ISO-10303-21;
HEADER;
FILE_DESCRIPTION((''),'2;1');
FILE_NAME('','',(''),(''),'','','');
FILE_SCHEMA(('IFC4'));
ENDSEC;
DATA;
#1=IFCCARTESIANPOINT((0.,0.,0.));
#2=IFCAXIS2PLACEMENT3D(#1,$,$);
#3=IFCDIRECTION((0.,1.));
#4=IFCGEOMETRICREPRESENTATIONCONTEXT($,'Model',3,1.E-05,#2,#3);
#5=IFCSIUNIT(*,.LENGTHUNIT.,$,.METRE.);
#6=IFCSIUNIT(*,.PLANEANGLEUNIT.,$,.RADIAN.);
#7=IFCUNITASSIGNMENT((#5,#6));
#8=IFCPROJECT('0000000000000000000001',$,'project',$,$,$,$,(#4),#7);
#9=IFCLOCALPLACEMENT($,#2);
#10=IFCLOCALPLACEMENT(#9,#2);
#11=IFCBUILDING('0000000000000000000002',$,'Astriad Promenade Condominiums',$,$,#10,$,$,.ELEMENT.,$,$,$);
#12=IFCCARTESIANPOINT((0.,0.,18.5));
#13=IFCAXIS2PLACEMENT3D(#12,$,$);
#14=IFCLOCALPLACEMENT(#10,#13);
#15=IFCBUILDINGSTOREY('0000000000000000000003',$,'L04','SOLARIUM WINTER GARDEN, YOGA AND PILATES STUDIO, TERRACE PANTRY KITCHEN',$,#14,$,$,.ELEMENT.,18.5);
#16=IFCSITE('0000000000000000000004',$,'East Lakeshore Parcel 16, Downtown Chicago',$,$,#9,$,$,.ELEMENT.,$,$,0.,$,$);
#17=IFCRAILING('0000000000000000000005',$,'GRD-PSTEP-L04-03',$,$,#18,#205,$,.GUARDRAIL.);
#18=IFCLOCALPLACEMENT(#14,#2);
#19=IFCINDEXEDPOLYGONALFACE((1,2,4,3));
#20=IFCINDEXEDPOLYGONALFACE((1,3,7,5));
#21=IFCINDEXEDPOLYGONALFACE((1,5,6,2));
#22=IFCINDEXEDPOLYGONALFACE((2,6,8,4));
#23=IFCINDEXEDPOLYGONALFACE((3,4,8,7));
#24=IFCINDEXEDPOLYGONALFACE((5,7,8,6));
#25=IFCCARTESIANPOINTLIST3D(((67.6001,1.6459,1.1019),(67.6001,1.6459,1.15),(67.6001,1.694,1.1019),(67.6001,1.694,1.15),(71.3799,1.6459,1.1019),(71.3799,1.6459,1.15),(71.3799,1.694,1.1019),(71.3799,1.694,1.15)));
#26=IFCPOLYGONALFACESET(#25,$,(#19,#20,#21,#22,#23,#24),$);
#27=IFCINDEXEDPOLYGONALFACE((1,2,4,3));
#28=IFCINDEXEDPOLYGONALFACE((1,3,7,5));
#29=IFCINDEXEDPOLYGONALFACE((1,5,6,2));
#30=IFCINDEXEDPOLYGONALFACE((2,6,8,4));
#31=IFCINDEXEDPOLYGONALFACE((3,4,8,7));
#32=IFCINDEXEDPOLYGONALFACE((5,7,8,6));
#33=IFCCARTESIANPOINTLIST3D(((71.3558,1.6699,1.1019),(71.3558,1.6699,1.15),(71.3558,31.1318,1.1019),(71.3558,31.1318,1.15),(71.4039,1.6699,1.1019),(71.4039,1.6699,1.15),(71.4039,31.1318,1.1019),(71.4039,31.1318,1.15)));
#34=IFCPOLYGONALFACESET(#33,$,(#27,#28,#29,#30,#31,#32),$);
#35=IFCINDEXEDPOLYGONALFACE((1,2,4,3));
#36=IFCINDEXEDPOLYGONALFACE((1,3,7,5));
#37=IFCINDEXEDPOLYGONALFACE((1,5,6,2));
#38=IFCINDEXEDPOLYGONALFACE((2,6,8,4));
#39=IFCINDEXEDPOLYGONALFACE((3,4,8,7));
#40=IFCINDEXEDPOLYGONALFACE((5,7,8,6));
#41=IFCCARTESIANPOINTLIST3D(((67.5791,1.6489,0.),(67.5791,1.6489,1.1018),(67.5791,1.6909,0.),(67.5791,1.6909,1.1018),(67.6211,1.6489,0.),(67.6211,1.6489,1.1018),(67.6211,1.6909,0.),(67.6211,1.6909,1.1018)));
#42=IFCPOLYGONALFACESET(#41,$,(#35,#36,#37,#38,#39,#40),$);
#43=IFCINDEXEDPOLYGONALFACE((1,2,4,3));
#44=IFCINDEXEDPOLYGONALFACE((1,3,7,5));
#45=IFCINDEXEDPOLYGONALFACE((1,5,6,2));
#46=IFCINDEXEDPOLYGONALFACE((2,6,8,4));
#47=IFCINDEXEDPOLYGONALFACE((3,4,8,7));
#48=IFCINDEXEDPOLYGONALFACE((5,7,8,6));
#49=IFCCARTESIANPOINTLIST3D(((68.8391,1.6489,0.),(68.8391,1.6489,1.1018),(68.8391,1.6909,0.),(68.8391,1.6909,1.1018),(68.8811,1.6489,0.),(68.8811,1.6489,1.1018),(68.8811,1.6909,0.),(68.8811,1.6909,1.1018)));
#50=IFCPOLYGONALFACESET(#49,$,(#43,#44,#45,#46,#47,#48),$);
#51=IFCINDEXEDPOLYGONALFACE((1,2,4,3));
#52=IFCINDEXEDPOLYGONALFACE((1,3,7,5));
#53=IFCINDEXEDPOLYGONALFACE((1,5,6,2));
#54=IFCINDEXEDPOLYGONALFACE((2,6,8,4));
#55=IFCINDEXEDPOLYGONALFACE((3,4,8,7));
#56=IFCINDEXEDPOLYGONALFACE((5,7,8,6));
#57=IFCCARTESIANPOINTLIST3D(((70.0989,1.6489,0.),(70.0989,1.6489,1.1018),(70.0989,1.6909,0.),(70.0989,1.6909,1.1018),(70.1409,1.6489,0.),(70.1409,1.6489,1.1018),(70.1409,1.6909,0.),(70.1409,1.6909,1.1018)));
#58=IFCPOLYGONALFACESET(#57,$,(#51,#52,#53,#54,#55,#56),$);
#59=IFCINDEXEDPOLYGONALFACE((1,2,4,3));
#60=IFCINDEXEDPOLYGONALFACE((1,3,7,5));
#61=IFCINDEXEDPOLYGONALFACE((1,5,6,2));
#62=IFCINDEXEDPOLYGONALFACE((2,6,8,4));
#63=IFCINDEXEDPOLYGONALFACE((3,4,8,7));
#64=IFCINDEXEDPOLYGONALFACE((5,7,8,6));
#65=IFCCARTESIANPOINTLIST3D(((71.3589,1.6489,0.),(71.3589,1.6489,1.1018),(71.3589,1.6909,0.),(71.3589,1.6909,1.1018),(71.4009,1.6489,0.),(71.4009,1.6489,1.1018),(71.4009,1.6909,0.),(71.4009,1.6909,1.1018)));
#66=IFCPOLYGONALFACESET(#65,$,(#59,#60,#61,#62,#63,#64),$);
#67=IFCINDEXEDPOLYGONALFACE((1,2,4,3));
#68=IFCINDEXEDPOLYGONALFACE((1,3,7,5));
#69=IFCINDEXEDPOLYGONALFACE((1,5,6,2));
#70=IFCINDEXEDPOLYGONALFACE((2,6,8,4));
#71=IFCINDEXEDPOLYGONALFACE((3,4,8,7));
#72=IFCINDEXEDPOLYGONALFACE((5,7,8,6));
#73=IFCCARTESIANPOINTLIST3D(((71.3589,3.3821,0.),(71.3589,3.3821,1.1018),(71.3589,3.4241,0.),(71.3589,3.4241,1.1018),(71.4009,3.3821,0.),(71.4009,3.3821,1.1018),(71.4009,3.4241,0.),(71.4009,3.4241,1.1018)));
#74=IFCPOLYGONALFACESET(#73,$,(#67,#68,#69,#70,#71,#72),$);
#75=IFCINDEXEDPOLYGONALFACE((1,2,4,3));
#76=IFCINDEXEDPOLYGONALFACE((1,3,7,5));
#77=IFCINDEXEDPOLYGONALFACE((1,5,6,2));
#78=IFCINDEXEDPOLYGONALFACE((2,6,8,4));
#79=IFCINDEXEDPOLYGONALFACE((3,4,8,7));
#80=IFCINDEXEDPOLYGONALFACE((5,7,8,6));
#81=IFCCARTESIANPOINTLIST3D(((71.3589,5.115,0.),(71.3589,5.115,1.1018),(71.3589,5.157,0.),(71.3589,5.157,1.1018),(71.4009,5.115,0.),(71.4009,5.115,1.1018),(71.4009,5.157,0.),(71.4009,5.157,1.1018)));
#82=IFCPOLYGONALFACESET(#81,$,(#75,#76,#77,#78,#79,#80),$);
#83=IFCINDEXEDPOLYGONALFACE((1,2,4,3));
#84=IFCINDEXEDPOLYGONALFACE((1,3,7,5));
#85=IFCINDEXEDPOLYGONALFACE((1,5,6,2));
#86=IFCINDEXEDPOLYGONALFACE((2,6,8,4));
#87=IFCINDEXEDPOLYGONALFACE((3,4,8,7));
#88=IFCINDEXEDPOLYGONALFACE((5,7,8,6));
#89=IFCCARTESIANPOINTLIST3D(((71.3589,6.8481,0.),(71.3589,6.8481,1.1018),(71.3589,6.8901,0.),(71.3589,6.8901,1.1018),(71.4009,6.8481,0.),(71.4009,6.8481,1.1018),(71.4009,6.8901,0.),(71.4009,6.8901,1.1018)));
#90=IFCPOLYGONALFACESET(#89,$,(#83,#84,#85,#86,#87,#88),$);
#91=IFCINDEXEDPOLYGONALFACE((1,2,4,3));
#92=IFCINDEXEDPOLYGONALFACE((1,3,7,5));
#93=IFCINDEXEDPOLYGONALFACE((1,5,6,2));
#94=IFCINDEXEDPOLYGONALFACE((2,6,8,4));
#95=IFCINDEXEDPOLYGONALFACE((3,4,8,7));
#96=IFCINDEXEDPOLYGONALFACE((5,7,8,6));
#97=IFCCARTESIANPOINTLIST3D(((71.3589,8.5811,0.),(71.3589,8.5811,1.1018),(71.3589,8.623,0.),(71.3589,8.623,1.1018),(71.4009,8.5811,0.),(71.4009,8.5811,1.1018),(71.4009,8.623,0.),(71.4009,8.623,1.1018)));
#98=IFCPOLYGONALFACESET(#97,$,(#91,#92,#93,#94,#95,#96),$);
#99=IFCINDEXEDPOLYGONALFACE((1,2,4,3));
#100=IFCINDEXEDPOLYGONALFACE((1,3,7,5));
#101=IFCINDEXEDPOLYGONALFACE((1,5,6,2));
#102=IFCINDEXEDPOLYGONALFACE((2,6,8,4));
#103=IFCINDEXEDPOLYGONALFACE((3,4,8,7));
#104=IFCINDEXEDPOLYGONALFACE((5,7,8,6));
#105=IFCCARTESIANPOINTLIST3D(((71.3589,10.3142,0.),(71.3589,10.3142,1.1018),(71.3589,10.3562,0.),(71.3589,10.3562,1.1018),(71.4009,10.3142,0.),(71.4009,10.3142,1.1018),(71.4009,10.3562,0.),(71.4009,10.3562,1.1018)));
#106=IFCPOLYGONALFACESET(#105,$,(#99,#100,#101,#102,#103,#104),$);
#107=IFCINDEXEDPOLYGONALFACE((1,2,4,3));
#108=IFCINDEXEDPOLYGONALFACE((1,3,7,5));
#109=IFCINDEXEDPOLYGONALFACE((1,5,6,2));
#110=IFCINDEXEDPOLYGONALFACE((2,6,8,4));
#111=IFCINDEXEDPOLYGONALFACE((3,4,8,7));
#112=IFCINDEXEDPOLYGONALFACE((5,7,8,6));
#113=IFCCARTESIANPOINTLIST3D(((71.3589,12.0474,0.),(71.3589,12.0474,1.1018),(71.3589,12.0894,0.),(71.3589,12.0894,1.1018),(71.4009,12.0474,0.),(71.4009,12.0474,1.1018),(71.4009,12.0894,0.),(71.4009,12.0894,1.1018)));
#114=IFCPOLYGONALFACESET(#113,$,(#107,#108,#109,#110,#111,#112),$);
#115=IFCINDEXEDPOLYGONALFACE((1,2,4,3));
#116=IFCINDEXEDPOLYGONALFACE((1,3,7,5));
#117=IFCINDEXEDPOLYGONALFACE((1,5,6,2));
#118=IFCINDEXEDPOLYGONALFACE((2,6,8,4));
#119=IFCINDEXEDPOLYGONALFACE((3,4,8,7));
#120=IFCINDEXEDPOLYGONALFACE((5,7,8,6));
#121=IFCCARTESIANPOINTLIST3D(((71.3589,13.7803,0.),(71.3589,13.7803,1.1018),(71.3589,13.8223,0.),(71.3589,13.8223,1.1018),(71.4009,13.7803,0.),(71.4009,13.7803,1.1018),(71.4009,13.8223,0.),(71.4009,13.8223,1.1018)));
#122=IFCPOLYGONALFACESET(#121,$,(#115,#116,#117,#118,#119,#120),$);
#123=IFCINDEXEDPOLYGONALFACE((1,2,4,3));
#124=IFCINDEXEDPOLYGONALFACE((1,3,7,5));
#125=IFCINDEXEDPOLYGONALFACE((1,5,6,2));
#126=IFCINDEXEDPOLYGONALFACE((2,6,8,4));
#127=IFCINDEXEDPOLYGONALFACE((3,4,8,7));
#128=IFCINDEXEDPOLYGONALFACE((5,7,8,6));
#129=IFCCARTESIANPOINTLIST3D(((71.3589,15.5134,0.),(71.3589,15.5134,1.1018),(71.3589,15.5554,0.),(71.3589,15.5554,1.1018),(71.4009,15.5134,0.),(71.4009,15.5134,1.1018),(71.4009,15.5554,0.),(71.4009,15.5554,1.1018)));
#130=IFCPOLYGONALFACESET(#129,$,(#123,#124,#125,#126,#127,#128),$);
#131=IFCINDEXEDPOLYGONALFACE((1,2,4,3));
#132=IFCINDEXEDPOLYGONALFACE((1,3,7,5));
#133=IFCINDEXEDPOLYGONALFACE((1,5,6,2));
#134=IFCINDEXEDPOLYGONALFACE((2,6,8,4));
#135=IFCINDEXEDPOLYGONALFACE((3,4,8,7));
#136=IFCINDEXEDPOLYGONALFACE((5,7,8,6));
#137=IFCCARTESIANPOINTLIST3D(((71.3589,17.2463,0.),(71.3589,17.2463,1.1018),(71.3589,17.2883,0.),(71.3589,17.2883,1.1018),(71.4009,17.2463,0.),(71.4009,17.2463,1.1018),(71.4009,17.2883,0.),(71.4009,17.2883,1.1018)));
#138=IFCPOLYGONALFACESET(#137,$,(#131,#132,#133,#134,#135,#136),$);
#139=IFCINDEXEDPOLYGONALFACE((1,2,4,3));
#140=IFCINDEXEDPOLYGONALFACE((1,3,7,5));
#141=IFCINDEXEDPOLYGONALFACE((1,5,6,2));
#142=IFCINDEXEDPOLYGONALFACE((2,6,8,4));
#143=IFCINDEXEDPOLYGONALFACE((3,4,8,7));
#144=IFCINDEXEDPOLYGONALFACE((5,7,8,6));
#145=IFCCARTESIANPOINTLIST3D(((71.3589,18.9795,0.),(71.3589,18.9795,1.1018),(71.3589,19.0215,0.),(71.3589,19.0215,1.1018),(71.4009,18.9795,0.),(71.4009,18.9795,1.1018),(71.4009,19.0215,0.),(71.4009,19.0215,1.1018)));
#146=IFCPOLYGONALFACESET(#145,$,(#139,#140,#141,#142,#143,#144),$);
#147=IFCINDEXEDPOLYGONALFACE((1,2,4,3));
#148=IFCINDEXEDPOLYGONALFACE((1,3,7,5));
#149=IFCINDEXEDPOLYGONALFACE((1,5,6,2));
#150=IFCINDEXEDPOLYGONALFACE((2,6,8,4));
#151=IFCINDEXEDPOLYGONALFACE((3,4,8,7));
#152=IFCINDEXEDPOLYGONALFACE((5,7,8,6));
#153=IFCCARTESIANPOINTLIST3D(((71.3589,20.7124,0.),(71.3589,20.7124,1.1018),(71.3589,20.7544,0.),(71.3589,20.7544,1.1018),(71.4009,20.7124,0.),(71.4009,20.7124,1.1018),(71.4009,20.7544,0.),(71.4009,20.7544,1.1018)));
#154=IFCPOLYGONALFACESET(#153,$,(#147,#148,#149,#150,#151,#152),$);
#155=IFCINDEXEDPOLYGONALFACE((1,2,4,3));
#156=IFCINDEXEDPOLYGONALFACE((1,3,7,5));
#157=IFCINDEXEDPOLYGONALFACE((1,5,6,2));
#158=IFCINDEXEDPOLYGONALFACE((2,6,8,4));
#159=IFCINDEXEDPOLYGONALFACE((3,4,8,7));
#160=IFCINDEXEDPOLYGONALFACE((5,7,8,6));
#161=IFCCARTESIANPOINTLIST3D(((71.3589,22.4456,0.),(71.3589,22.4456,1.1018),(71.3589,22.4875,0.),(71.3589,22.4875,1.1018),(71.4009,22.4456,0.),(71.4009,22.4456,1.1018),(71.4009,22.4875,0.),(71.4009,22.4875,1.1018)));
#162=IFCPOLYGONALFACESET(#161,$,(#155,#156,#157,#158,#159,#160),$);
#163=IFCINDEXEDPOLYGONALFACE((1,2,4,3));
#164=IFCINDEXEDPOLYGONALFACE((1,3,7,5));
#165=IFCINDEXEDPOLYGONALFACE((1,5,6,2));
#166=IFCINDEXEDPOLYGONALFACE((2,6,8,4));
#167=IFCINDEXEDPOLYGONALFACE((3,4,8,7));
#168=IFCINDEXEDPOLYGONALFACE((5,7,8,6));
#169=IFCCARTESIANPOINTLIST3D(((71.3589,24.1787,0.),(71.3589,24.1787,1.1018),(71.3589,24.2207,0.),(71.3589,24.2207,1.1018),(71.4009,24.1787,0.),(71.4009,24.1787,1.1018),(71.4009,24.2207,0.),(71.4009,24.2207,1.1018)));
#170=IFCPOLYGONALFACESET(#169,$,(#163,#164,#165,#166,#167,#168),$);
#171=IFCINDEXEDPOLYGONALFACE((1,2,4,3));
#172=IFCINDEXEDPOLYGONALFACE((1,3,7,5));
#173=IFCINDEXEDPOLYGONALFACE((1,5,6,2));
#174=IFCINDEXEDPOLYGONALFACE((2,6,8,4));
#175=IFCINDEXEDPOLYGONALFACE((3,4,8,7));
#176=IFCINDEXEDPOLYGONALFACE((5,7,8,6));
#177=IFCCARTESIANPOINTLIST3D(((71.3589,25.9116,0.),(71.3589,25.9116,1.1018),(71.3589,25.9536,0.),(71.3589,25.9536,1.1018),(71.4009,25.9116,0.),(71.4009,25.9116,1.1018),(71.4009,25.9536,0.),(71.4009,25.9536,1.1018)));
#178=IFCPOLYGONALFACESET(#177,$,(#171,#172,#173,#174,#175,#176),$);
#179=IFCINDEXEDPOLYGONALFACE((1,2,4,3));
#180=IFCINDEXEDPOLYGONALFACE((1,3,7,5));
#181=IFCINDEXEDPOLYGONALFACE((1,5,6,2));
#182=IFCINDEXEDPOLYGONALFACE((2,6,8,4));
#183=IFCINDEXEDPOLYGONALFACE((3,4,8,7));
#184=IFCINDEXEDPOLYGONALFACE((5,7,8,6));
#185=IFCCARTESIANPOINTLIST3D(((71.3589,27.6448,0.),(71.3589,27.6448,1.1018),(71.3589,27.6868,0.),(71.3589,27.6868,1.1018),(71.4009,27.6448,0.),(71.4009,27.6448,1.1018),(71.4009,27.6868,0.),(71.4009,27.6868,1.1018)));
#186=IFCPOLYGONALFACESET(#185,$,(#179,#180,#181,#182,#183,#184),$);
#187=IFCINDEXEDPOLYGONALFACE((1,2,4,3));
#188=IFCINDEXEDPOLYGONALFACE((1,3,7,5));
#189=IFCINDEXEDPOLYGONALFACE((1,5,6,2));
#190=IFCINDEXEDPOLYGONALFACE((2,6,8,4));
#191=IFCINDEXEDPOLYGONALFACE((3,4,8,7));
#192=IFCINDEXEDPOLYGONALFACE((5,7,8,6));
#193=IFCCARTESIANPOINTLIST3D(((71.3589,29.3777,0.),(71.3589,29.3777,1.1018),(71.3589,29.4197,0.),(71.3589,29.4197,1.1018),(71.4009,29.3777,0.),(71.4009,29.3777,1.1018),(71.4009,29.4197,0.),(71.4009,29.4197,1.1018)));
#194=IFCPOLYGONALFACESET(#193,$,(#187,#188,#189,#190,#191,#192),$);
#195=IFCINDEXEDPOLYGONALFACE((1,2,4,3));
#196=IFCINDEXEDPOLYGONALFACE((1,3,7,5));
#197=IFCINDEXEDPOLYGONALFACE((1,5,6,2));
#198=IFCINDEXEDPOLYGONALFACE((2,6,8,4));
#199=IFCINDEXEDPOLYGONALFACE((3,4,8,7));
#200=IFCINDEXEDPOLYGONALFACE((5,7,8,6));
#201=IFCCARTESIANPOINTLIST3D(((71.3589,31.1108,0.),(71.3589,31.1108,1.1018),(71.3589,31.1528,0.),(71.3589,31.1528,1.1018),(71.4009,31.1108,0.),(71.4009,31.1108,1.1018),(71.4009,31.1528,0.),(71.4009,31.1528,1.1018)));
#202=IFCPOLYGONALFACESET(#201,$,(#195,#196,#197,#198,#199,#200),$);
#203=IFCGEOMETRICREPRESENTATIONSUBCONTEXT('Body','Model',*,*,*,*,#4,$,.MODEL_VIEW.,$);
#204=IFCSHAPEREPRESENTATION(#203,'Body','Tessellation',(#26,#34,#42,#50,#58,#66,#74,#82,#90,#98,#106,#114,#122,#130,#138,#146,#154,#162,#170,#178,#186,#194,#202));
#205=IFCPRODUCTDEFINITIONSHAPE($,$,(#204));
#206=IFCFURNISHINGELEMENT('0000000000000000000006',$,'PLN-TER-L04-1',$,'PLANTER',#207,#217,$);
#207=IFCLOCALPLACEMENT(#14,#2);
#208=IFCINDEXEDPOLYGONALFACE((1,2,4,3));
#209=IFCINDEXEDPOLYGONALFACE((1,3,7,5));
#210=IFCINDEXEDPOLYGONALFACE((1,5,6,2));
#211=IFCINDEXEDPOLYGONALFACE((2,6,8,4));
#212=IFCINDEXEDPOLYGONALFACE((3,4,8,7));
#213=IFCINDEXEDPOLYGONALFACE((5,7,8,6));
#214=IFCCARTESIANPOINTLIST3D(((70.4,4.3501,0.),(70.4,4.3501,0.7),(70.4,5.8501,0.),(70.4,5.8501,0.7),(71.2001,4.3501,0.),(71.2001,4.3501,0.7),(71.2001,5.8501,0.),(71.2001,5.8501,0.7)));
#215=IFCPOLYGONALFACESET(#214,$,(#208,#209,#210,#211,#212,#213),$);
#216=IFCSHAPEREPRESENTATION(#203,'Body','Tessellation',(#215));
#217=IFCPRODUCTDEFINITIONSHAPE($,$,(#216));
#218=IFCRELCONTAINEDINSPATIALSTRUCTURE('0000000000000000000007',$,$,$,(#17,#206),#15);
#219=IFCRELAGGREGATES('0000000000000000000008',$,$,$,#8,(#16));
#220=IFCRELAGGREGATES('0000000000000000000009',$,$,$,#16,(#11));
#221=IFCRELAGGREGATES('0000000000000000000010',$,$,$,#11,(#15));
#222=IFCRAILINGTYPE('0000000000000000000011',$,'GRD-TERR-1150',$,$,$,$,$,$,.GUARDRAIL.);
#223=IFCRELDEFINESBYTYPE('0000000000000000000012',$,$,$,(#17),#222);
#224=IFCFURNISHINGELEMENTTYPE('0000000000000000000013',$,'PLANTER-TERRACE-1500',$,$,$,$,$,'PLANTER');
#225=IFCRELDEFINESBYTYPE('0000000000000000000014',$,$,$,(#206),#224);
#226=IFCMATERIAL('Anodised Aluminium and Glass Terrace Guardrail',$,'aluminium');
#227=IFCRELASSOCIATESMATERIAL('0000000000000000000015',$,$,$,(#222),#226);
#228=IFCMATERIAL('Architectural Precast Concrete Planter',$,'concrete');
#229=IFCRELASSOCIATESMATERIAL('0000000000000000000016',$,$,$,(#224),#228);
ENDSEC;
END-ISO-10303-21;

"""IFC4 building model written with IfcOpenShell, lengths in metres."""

from ifc_helpers import new_model, si_unit, direction, frame, origin, origin_2d, place, context, subcontext, project, spatial, rectangle, extrude, source, transform, mapped, material, type_object, type_shapes, element, save


model = new_model("IFC4")

# Units and contexts
model_context = context("Model", 3, precision=1e-05, world=origin(), true_north=direction((0.0, 1.0)))
body_context = subcontext(model_context, "Body", "Model", "MODEL_VIEW")
ifc_project = project(units=[si_unit("LENGTHUNIT", "METRE"), si_unit("PLANEANGLEUNIT", "RADIAN")], contexts=[model_context])

# Site, building, storey
site_placement = place(None, origin())
site = spatial("IfcSite", under=ifc_project, at=site_placement, Name="East Lakeshore Parcel 16, Downtown Chicago", CompositionType="ELEMENT", RefElevation=0.0)
building_placement = place(site_placement, origin())
building = spatial("IfcBuilding", under=site, at=building_placement, Name="Astriad Promenade Condominiums", CompositionType="ELEMENT")
storey_placement = place(building_placement, frame((0.0, 0.0, 18.5)))
storey = spatial("IfcBuildingStorey", under=building, at=storey_placement, Name="L04", Description="SOLARIUM WINTER GARDEN, YOGA AND PILATES STUDIO, TERRACE PANTRY KITCHEN", CompositionType="ELEMENT", Elevation=18.5)

# Railing
ifc_material_1 = material(Name="Anodised Aluminium and Glass Terrace Guardrail", Category="aluminium")
railing_type = type_object("IfcRailingType", Name="GRD-TERR-1150", PredefinedType="GUARDRAIL", material=ifc_material_1)
shared_shape_1 = source(origin(), body_context, "Body", "SweptSolid", [
    extrude(rectangle(XDim=0.0481, YDim=0.0481, at=origin_2d()), frame((0.0, 0.0, 1.126), z_axis=(1.0, 0.0, 0.0), x_axis=(0.0, 1.0, 0.0)), (0.0, 0.0, 1.0), 3.7798),
    extrude(rectangle(XDim=0.0481, YDim=0.0481, at=origin_2d()), frame((3.7798, 0.0, 1.126), z_axis=(0.0, 1.0, 0.0), x_axis=(-1.0, 0.0, 0.0)), (0.0, 0.0, 1.0), 29.4619),
    extrude(rectangle(XDim=0.042, YDim=0.042, at=origin_2d()), origin(), (0.0, 0.0, 1.0), 1.1018),
    extrude(rectangle(XDim=0.042, YDim=0.042, at=origin_2d()), frame((1.26, 0.0, 0.0)), (0.0, 0.0, 1.0), 1.1018),
    extrude(rectangle(XDim=0.042, YDim=0.042, at=origin_2d()), frame((2.5198, 0.0, 0.0)), (0.0, 0.0, 1.0), 1.1018),
    extrude(rectangle(XDim=0.042, YDim=0.042, at=origin_2d()), frame((3.7798, 0.0, 0.0)), (0.0, 0.0, 1.0), 1.1018),
    extrude(rectangle(XDim=0.042, YDim=0.042, at=origin_2d()), frame((3.7798, 1.7332, 0.0)), (0.0, 0.0, 1.0), 1.1018),
    extrude(rectangle(XDim=0.042, YDim=0.042, at=origin_2d()), frame((3.7798, 3.4661, 0.0)), (0.0, 0.0, 1.0), 1.1018),
    extrude(rectangle(XDim=0.042, YDim=0.042, at=origin_2d()), frame((3.7798, 5.1992, 0.0)), (0.0, 0.0, 1.0), 1.1018),
    extrude(rectangle(XDim=0.042, YDim=0.042, at=origin_2d()), frame((3.7798, 6.9321, 0.0)), (0.0, 0.0, 1.0), 1.1018),
    extrude(rectangle(XDim=0.042, YDim=0.042, at=origin_2d()), frame((3.7798, 8.6653, 0.0)), (0.0, 0.0, 1.0), 1.1018),
    extrude(rectangle(XDim=0.042, YDim=0.042, at=origin_2d()), frame((3.7798, 10.3984, 0.0)), (0.0, 0.0, 1.0), 1.1018),
    extrude(rectangle(XDim=0.042, YDim=0.042, at=origin_2d()), frame((3.7798, 12.1313, 0.0)), (0.0, 0.0, 1.0), 1.1018),
    extrude(rectangle(XDim=0.042, YDim=0.042, at=origin_2d()), frame((3.7798, 13.8645, 0.0)), (0.0, 0.0, 1.0), 1.1018),
    extrude(rectangle(XDim=0.042, YDim=0.042, at=origin_2d()), frame((3.7798, 15.5974, 0.0)), (0.0, 0.0, 1.0), 1.1018),
    extrude(rectangle(XDim=0.042, YDim=0.042, at=origin_2d()), frame((3.7798, 17.3306, 0.0)), (0.0, 0.0, 1.0), 1.1018),
    extrude(rectangle(XDim=0.042, YDim=0.042, at=origin_2d()), frame((3.7798, 19.0635, 0.0)), (0.0, 0.0, 1.0), 1.1018),
    extrude(rectangle(XDim=0.042, YDim=0.042, at=origin_2d()), frame((3.7798, 20.7966, 0.0)), (0.0, 0.0, 1.0), 1.1018),
    extrude(rectangle(XDim=0.042, YDim=0.042, at=origin_2d()), frame((3.7798, 22.5298, 0.0)), (0.0, 0.0, 1.0), 1.1018),
    extrude(rectangle(XDim=0.042, YDim=0.042, at=origin_2d()), frame((3.7798, 24.2627, 0.0)), (0.0, 0.0, 1.0), 1.1018),
    extrude(rectangle(XDim=0.042, YDim=0.042, at=origin_2d()), frame((3.7798, 25.9958, 0.0)), (0.0, 0.0, 1.0), 1.1018),
    extrude(rectangle(XDim=0.042, YDim=0.042, at=origin_2d()), frame((3.7798, 27.7288, 0.0)), (0.0, 0.0, 1.0), 1.1018),
    extrude(rectangle(XDim=0.042, YDim=0.042, at=origin_2d()), frame((3.7798, 29.4619, 0.0)), (0.0, 0.0, 1.0), 1.1018),
])
railing_1_placement = place(storey_placement, frame((67.6001, 1.6699, 0.0)))
element("IfcRailing", 1, at=railing_1_placement, inside=storey, type_object=railing_type, Name="GRD-PSTEP-L04-03", PredefinedType="GUARDRAIL", context=body_context, shape_type="MappedRepresentation", body=[
    mapped(shared_shape_1, transform((0.0, 0.0, 0.0), scale=1.0)),
])

# Furnishing element
ifc_material_2 = material(Name="Architectural Precast Concrete Planter", Category="concrete")
furnishing_element_type = type_object("IfcFurnishingElementType", Name="PLANTER-TERRACE-1500", ElementType="PLANTER", material=ifc_material_2)
shared_shape_2 = source(origin(), body_context, "Body", "SweptSolid", [
    extrude(rectangle(XDim=0.8, YDim=1.5, at=origin_2d()), origin(), (0.0, 0.0, 1.0), 0.7),
])
type_shapes(furnishing_element_type, [shared_shape_2])
furnishing_placement = place(storey_placement, frame((70.8, 5.1001, 0.0), z_axis=(0.0, 0.0, 1.0), x_axis=(1.0, 0.0, 0.0)))
element("IfcFurnishingElement", 2, at=furnishing_placement, inside=storey, type_object=furnishing_element_type, Name="PLN-TER-L04-1", ObjectType="PLANTER", context=body_context, shape_type="MappedRepresentation", body=[
    mapped(shared_shape_2, transform((0.0, 0.0, 0.0), scale=1.0)),
])

save(model, "model.ifc")
